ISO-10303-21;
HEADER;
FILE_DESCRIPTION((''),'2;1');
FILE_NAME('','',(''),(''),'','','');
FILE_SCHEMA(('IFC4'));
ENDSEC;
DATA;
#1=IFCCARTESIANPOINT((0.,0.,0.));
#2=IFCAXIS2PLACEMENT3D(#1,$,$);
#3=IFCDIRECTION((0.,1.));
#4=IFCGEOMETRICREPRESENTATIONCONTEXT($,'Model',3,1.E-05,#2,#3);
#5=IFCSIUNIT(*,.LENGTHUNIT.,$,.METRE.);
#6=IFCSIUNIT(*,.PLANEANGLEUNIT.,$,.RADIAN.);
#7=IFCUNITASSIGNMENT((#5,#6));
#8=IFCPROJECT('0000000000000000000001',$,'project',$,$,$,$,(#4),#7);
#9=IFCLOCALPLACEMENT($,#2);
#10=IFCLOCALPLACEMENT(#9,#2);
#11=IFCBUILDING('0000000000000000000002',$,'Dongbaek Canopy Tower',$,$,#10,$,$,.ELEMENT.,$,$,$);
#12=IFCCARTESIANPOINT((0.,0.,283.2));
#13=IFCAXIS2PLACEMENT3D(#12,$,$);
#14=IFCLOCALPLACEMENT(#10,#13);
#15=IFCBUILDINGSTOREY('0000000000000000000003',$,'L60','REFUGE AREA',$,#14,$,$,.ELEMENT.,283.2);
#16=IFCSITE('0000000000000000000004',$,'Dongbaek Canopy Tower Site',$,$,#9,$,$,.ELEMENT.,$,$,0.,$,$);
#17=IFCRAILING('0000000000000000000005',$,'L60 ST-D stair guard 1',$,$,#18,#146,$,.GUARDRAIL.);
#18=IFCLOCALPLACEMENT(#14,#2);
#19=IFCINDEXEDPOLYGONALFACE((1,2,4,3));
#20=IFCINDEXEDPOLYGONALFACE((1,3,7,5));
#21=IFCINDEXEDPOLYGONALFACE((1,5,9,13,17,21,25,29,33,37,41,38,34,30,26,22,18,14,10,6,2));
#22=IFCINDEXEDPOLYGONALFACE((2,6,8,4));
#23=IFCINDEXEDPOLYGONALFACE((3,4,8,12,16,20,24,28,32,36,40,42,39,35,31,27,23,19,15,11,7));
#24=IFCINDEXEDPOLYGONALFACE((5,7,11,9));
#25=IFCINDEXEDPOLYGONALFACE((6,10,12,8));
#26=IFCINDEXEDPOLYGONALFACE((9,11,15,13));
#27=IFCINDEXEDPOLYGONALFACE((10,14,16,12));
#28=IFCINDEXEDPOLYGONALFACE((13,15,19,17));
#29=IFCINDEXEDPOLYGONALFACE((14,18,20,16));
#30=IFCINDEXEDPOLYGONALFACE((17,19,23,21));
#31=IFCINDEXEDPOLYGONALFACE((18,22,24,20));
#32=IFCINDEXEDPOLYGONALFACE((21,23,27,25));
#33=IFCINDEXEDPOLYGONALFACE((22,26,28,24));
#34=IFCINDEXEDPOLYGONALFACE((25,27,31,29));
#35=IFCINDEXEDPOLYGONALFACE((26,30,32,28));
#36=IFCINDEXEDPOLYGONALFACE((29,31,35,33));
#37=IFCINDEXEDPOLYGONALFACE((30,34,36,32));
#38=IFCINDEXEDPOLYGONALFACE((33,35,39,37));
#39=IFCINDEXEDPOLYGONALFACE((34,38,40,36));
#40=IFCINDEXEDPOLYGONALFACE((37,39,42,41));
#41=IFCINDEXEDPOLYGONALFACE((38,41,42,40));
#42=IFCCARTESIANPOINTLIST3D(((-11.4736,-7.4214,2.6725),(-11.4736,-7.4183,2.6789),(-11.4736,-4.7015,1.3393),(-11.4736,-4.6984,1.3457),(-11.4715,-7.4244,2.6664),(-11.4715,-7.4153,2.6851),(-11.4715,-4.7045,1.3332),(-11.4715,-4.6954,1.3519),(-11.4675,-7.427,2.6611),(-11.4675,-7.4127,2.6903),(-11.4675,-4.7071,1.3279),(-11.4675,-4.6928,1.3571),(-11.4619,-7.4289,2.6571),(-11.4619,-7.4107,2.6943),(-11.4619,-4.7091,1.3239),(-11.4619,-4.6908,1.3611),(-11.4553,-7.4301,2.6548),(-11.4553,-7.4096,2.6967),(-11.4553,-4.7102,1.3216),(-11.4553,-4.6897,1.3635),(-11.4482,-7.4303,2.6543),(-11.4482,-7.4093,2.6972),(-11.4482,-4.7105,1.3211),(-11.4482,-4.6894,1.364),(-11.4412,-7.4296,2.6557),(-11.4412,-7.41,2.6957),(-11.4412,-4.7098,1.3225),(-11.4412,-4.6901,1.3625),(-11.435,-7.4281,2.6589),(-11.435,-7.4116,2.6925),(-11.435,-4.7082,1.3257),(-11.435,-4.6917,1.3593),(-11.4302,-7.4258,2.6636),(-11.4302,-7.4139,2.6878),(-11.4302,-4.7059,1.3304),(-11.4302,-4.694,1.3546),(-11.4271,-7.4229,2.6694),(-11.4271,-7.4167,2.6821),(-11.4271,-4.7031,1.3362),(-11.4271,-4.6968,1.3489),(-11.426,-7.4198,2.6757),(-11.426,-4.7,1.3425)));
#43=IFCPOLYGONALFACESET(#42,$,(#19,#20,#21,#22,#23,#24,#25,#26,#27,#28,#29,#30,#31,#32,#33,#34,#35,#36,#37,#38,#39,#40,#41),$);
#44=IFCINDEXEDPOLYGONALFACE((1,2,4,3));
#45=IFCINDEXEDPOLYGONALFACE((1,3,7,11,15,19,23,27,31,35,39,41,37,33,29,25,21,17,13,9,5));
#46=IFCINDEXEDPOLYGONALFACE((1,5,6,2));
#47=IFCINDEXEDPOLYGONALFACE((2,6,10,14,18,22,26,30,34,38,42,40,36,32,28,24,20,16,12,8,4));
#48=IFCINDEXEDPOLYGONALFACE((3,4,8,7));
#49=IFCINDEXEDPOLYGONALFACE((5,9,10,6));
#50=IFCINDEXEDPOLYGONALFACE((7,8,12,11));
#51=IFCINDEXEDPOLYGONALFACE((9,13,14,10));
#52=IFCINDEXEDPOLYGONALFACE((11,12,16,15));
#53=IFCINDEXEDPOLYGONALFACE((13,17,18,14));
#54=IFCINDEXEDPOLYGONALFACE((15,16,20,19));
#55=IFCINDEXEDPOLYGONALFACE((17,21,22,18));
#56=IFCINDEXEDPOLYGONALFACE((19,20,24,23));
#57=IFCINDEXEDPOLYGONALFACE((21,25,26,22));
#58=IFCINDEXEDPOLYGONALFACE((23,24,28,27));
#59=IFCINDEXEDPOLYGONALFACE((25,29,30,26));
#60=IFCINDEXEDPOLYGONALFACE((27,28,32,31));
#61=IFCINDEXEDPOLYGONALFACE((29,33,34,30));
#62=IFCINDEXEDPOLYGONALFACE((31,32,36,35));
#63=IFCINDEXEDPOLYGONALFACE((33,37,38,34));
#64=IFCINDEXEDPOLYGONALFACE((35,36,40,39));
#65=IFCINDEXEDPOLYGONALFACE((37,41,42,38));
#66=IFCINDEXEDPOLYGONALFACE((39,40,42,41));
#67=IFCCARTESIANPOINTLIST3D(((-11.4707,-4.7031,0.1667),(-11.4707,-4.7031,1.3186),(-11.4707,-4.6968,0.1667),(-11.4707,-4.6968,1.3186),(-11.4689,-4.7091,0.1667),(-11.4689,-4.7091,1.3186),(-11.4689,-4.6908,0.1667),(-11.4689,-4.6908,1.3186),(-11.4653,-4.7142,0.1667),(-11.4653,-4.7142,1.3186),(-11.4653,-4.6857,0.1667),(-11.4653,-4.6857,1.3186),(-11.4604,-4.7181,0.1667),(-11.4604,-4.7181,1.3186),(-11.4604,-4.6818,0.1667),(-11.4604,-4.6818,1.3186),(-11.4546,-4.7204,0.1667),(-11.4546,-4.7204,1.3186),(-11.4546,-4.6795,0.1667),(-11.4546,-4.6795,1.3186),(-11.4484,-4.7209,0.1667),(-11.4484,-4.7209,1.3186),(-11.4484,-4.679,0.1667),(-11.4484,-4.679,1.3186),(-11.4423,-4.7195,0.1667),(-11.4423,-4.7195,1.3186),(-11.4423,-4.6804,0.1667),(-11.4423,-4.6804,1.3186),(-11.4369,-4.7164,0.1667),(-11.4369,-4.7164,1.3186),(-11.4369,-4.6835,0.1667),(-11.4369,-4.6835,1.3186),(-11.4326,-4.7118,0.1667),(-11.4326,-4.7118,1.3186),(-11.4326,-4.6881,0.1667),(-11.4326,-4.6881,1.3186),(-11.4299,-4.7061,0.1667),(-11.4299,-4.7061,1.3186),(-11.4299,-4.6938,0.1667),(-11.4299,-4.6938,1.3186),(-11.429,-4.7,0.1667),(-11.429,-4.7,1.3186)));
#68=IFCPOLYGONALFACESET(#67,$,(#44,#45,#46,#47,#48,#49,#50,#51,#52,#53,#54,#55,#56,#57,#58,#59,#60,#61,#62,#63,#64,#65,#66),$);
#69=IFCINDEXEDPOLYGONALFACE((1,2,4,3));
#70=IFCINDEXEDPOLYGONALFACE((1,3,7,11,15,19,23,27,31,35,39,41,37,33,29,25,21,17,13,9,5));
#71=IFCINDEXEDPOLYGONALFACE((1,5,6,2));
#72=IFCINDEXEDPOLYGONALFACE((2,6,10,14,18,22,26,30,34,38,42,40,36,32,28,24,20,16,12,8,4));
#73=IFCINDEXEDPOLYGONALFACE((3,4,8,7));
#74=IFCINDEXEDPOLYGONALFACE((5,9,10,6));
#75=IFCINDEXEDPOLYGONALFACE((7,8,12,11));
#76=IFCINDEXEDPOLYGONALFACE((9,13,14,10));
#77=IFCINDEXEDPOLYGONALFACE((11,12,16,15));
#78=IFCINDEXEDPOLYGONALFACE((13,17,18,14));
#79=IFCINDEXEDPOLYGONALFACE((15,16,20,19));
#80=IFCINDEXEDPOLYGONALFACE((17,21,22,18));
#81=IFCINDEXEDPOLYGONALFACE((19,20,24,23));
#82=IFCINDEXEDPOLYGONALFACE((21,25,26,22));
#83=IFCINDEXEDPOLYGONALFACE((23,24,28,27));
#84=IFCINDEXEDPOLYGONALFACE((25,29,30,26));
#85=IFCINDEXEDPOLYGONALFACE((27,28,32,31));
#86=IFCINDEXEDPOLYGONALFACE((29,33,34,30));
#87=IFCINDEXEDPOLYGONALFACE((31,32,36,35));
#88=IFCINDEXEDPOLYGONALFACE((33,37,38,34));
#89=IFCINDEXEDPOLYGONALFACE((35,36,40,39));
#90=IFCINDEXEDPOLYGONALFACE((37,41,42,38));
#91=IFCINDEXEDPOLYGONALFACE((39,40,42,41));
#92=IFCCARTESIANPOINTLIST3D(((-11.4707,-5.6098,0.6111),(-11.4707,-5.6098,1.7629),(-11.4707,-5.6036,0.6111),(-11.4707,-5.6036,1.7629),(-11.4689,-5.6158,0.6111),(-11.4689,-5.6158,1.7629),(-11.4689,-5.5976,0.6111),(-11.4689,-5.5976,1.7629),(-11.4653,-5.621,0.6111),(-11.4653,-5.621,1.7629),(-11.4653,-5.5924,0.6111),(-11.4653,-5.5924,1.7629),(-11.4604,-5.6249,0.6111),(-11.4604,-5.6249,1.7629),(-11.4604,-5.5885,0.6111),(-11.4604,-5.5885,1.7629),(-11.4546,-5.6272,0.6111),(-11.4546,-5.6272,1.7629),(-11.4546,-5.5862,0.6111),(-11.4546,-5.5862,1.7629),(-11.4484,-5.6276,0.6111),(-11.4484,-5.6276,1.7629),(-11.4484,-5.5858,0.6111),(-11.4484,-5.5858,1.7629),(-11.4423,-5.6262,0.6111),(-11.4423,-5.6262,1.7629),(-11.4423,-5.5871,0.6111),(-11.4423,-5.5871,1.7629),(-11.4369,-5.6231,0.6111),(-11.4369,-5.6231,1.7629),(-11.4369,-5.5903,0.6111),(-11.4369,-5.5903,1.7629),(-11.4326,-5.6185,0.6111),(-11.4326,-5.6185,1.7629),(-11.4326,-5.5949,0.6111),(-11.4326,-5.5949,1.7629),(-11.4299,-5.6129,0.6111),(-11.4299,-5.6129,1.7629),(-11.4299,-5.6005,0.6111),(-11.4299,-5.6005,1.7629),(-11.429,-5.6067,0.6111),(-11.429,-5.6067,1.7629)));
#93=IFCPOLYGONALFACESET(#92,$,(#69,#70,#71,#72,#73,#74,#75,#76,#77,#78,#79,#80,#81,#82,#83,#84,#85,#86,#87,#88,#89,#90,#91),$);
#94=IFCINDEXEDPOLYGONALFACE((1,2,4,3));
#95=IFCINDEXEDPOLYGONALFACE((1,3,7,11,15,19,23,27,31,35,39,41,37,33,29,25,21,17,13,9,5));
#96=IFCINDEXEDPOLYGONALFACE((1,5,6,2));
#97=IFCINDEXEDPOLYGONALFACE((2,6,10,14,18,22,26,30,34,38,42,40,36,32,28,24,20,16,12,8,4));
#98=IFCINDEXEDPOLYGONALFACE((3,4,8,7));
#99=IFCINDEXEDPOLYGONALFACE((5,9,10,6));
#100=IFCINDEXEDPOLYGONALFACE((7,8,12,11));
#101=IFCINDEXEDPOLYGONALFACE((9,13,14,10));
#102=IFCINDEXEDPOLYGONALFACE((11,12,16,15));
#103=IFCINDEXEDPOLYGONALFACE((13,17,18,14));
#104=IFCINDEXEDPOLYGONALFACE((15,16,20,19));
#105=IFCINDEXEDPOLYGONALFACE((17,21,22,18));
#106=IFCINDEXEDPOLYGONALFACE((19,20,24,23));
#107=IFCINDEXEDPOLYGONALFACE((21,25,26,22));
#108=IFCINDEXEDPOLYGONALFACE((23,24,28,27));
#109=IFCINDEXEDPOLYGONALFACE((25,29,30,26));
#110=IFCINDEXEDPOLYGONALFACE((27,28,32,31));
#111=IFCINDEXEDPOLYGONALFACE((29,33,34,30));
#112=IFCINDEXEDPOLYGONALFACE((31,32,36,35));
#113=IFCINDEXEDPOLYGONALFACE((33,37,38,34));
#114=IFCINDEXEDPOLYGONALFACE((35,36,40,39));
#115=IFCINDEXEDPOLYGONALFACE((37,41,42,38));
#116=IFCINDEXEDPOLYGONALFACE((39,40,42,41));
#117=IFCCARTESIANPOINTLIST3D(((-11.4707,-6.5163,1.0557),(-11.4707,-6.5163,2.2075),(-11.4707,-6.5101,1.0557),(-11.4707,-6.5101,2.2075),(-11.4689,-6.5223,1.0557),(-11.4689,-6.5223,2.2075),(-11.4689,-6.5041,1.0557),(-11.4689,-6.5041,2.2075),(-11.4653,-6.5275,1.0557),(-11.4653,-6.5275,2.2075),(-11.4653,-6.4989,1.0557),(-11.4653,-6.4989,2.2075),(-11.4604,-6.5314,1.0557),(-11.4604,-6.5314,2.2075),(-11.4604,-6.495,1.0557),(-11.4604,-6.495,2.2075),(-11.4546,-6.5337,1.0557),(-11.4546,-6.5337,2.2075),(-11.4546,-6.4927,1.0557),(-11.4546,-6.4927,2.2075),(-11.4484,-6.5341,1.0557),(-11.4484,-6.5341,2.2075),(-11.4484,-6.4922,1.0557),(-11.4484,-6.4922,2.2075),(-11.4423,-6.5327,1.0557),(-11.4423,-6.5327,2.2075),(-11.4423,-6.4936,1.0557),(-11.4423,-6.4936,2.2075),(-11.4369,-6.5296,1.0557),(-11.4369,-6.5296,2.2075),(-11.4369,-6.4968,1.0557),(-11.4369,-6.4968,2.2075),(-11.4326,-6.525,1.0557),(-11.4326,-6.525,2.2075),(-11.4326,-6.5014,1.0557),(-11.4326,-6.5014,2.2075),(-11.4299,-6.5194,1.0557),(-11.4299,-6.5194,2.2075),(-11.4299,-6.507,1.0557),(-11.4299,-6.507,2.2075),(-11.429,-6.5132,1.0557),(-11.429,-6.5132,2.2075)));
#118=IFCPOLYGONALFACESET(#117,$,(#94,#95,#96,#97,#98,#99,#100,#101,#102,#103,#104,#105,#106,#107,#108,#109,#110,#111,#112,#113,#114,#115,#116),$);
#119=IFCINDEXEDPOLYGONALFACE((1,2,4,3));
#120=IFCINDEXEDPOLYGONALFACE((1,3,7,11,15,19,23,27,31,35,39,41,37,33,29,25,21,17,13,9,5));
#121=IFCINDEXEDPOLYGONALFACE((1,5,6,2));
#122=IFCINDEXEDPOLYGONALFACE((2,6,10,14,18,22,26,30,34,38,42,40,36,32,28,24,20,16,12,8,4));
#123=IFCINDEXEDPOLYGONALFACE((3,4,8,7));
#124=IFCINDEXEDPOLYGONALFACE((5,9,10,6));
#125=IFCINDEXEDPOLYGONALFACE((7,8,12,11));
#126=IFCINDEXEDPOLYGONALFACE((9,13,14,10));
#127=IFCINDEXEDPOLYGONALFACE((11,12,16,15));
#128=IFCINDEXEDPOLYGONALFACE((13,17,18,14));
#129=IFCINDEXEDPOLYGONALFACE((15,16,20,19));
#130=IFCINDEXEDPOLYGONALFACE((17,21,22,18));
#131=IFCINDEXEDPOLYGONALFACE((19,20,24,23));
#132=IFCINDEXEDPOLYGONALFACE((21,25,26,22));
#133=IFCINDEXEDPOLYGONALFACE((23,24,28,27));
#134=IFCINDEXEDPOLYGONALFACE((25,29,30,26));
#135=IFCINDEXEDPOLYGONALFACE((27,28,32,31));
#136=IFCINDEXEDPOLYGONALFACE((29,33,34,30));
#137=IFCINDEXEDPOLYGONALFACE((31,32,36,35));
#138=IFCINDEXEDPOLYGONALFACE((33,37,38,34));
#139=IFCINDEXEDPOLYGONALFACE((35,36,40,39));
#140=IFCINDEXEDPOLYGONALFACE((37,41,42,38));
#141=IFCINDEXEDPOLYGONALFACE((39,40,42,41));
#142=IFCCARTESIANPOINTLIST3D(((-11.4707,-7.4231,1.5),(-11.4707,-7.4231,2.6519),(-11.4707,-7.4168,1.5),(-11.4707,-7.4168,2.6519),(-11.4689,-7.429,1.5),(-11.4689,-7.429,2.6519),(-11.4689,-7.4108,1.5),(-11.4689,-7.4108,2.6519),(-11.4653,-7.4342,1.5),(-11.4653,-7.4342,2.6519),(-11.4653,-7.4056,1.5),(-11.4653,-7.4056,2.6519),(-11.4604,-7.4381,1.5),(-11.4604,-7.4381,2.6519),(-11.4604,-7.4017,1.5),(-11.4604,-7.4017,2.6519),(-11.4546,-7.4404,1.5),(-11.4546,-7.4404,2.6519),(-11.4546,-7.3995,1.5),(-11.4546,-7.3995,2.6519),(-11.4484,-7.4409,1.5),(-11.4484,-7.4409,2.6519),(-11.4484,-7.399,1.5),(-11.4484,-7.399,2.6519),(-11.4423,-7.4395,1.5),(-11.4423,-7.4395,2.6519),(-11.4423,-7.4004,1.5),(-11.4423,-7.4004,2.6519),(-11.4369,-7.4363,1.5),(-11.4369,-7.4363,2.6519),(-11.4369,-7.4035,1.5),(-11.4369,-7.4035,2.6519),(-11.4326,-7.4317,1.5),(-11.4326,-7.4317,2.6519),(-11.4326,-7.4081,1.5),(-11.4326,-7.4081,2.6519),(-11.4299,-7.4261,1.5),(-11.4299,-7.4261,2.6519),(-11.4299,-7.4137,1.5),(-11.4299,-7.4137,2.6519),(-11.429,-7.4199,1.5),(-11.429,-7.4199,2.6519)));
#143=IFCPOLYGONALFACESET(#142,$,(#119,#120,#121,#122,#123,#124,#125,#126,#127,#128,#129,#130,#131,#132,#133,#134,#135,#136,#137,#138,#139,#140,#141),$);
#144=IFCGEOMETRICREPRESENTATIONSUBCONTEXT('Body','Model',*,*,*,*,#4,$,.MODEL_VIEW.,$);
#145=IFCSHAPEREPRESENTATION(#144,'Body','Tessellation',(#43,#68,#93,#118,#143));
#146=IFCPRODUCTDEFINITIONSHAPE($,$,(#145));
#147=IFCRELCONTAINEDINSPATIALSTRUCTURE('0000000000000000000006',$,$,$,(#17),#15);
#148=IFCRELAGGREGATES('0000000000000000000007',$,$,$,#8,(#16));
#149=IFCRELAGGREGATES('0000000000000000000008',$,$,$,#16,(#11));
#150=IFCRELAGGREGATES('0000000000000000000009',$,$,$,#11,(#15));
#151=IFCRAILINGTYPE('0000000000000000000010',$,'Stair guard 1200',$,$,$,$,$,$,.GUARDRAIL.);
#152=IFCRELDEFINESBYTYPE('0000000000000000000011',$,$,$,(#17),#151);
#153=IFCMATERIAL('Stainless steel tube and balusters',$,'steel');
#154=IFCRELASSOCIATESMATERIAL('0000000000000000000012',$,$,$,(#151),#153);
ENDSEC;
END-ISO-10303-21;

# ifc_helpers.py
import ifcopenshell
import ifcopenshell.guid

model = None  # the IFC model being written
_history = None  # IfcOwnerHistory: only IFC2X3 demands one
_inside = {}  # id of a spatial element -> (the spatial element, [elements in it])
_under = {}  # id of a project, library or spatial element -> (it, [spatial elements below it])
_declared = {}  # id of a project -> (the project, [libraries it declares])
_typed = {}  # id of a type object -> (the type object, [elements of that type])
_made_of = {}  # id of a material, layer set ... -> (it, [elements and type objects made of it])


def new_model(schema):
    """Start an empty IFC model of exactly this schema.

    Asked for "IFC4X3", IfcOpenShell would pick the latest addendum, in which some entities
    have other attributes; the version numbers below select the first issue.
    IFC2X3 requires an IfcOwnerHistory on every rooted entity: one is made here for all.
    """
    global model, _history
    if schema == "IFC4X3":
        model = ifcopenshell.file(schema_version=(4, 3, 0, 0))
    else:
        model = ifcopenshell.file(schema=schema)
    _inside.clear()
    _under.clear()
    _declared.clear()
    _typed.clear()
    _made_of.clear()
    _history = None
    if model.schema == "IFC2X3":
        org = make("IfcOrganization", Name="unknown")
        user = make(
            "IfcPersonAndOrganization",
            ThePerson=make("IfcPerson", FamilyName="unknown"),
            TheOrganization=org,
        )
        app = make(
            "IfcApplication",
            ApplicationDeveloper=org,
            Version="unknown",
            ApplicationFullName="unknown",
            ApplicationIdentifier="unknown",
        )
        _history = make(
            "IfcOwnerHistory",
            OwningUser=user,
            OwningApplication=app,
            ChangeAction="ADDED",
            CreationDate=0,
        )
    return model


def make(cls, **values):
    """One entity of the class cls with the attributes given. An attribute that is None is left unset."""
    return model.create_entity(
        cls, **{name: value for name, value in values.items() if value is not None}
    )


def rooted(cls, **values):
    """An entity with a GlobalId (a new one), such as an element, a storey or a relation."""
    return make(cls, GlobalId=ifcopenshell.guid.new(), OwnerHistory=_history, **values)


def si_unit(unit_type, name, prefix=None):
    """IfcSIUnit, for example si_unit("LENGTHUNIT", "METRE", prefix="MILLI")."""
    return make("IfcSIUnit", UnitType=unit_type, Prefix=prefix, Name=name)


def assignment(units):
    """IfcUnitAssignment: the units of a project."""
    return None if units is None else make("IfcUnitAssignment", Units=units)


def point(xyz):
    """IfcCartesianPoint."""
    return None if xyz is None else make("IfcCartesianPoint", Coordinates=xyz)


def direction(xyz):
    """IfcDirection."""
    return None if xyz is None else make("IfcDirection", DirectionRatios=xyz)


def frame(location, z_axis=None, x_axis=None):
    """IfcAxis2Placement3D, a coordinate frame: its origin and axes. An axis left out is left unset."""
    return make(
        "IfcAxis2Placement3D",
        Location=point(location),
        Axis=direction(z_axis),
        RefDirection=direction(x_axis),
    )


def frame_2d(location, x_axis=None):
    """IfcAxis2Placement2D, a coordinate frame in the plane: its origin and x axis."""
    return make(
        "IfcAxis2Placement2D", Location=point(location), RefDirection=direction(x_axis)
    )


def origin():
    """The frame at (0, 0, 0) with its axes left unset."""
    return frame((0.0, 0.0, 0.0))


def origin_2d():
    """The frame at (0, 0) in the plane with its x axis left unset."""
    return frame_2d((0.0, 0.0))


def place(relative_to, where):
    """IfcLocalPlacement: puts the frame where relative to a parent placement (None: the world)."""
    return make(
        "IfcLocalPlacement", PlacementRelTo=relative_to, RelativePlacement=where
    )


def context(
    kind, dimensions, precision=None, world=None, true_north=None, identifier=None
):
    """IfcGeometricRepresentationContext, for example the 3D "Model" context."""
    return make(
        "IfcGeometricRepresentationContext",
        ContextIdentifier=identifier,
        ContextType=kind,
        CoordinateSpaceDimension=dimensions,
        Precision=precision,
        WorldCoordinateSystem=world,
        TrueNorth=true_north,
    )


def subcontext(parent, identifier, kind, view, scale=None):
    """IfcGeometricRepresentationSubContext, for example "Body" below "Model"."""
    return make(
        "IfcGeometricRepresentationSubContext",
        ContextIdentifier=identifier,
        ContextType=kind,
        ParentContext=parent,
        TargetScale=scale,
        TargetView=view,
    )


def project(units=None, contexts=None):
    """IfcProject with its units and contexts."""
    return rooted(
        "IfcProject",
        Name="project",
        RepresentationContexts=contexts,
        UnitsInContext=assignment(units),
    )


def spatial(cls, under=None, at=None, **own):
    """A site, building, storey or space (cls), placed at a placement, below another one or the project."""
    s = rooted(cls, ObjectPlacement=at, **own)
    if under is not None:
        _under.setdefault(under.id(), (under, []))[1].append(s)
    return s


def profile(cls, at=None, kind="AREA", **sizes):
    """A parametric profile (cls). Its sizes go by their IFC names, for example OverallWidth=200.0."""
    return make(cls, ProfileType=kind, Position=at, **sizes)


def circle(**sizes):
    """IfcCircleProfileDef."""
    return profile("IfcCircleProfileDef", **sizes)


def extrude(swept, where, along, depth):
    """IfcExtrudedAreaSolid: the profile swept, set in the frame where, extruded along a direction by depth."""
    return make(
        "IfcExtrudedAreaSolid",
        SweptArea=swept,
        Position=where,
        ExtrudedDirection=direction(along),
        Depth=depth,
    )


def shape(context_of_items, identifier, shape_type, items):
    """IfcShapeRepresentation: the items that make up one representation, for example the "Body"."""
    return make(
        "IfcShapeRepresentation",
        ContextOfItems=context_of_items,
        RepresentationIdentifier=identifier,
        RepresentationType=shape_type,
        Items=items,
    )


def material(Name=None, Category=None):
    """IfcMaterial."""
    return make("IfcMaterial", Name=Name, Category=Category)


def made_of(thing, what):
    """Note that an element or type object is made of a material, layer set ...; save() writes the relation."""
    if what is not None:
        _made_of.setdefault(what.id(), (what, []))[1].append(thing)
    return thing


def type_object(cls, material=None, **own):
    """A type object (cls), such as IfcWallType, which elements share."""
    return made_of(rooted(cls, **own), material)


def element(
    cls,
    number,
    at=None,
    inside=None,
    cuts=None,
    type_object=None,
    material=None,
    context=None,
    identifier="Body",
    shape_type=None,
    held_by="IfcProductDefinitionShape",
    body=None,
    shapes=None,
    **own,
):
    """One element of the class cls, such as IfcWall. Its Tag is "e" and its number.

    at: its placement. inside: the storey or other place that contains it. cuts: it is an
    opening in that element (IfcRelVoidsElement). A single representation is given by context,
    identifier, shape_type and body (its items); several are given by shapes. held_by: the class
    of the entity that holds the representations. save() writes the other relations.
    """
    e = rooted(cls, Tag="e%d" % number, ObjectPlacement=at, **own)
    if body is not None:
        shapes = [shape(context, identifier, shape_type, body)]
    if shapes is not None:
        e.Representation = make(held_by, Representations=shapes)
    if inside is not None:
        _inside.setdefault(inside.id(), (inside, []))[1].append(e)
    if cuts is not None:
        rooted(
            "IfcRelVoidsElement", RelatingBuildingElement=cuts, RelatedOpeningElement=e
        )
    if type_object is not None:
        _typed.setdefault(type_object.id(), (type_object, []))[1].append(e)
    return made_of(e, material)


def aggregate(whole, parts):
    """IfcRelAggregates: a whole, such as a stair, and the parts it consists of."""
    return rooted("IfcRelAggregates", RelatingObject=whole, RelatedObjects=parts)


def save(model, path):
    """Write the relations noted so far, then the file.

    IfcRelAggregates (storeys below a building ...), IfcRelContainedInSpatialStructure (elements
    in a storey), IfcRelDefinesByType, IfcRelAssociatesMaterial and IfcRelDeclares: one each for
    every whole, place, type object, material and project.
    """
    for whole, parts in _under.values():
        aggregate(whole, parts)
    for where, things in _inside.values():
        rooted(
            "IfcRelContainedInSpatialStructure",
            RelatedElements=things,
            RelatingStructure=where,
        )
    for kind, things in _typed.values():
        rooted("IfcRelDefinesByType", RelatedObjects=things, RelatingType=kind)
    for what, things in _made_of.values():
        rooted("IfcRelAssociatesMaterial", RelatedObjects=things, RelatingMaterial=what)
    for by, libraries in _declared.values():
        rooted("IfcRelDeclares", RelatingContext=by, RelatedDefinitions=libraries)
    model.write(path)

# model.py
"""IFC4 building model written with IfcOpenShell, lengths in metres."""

from ifc_helpers import new_model, si_unit, direction, frame, origin, origin_2d, place, context, subcontext, project, spatial, circle, extrude, material, type_object, element, save


model = new_model("IFC4")

# Units and contexts
model_context = context("Model", 3, precision=1e-05, world=origin(), true_north=direction((0.0, 1.0)))
body_context = subcontext(model_context, "Body", "Model", "MODEL_VIEW")
ifc_project = project(units=[si_unit("LENGTHUNIT", "METRE"), si_unit("PLANEANGLEUNIT", "RADIAN")], contexts=[model_context])

# Site, building, storey
site_placement = place(None, origin())
site = spatial("IfcSite", under=ifc_project, at=site_placement, Name="Dongbaek Canopy Tower Site", CompositionType="ELEMENT", RefElevation=0.0)
building_placement = place(site_placement, origin())
building = spatial("IfcBuilding", under=site, at=building_placement, Name="Dongbaek Canopy Tower", CompositionType="ELEMENT")
storey_placement = place(building_placement, frame((0.0, 0.0, 283.2)))
storey = spatial("IfcBuildingStorey", under=building, at=storey_placement, Name="L60", Description="REFUGE AREA", CompositionType="ELEMENT", Elevation=283.2)

# Railing
ifc_material_1 = material(Name="Stainless steel tube and balusters", Category="steel")
railing_type_1 = type_object("IfcRailingType", Name="Stair guard 1200", PredefinedType="GUARDRAIL", material=ifc_material_1)
railing_1_placement = place(storey_placement, frame((-11.45, -4.7, 0.1667)))
element("IfcRailing", 1, at=railing_1_placement, inside=storey, type_object=railing_type_1, Name="L60 ST-D stair guard 1", PredefinedType="GUARDRAIL", context=body_context, shape_type="SweptSolid", body=[
    extrude(circle(Radius=0.0239, at=origin_2d()), frame((0.0, 0.0, 1.1758), z_axis=(0.0, -0.897929, 0.440139), x_axis=(1.0, 0.0, 0.0)), (0.0, 0.0, 1.0), 3.0291),
    extrude(circle(Radius=0.021, at=origin_2d()), origin(), (0.0, 0.0, 1.0), 1.1519),
    extrude(circle(Radius=0.021, at=origin_2d()), frame((0.0, -0.9067, 0.4443)), (0.0, 0.0, 1.0), 1.1519),
    extrude(circle(Radius=0.021, at=origin_2d()), frame((0.0, -1.8132, 0.8889)), (0.0, 0.0, 1.0), 1.1519),
    extrude(circle(Radius=0.021, at=origin_2d()), frame((0.0, -2.72, 1.3333)), (0.0, 0.0, 1.0), 1.1519),
])

save(model, "model.ifc")
